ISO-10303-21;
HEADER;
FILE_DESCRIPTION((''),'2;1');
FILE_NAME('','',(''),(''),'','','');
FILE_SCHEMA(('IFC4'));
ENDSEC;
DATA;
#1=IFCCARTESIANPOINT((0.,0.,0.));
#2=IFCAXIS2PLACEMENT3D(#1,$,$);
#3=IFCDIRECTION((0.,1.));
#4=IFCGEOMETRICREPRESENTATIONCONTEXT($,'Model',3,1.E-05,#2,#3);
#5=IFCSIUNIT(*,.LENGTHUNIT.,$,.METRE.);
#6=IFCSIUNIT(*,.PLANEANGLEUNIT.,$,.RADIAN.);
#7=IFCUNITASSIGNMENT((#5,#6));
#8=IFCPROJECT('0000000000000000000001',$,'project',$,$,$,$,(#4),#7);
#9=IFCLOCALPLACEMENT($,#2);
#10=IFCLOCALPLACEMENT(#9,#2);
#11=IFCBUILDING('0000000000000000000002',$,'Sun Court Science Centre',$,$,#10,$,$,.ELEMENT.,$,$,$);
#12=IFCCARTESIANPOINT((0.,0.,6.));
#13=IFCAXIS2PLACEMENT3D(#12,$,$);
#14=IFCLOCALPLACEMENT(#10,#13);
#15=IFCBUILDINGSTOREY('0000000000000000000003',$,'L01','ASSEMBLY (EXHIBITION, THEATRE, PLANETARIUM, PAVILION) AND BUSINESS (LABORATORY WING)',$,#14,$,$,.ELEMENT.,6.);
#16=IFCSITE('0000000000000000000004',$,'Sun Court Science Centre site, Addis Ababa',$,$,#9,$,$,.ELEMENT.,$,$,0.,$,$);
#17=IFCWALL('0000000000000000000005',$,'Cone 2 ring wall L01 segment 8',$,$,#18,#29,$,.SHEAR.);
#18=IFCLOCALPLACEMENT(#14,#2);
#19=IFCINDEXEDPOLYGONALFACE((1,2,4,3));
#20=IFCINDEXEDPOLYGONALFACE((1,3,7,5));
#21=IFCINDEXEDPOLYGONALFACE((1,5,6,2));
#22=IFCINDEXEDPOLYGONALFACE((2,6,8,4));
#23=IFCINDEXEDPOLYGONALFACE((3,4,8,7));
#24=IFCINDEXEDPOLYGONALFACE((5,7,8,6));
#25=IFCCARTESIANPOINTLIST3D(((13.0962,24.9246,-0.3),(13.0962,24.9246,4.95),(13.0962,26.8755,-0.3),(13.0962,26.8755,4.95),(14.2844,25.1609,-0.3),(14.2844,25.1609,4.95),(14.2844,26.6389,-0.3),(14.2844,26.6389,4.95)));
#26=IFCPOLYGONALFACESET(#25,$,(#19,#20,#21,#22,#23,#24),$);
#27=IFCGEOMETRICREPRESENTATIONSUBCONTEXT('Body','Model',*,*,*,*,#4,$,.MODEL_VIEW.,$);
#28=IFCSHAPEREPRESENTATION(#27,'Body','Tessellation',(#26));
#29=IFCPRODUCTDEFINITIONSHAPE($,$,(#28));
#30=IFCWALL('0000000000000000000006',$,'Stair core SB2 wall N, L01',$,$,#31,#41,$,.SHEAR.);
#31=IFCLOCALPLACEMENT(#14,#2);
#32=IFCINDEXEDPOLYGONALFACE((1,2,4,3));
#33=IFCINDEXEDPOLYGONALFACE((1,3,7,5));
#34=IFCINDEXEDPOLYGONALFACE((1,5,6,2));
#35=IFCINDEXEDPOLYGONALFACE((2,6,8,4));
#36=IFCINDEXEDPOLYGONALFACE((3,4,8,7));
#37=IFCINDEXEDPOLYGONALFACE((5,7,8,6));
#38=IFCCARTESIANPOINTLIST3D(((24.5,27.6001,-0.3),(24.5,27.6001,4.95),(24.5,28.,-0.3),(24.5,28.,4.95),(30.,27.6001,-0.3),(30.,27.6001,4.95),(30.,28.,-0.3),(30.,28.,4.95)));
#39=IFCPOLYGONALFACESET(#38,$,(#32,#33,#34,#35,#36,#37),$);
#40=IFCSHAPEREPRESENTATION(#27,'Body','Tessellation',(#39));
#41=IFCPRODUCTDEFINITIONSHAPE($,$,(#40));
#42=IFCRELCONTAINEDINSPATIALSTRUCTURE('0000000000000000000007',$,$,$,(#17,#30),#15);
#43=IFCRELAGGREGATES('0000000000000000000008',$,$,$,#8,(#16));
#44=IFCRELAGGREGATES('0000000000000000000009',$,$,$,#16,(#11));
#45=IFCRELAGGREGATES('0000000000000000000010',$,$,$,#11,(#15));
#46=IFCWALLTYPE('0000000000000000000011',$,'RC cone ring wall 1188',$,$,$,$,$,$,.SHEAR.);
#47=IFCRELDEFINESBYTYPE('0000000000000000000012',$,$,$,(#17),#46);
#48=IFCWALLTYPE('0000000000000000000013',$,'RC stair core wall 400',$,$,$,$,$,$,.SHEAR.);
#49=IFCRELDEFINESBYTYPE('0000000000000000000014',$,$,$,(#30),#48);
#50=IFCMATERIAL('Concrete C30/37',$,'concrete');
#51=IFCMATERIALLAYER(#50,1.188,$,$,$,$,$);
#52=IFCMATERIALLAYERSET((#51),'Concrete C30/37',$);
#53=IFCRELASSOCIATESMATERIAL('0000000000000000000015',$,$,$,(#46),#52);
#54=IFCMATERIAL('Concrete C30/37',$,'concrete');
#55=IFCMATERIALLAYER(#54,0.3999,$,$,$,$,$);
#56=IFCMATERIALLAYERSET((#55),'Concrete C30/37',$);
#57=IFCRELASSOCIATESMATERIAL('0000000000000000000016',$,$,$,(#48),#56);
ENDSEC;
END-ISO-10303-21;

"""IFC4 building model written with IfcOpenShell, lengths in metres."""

from ifc_helpers import new_model, si_unit, direction, frame, frame_2d, origin, place, context, subcontext, project, spatial, polyline, rectangle, outline, extrude, material, layer, layer_set, type_object, element, save


model = new_model("IFC4")

# Units and contexts
model_context = context("Model", 3, precision=1e-05, world=origin(), true_north=direction((0.0, 1.0)))
body_context = subcontext(model_context, "Body", "Model", "MODEL_VIEW")
ifc_project = project(units=[si_unit("LENGTHUNIT", "METRE"), si_unit("PLANEANGLEUNIT", "RADIAN")], contexts=[model_context])

# Site, building, storey
site_placement = place(None, origin())
site = spatial("IfcSite", under=ifc_project, at=site_placement, Name="Sun Court Science Centre site, Addis Ababa", CompositionType="ELEMENT", RefElevation=0.0)
building_placement = place(site_placement, origin())
building = spatial("IfcBuilding", under=site, at=building_placement, Name="Sun Court Science Centre", CompositionType="ELEMENT")
storey_placement = place(building_placement, frame((0.0, 0.0, 6.0)))
storey = spatial("IfcBuildingStorey", under=building, at=storey_placement, Name="L01", Description="ASSEMBLY (EXHIBITION, THEATRE, PLANETARIUM, PAVILION) AND BUSINESS (LABORATORY WING)", CompositionType="ELEMENT", Elevation=6.0)

# Walls
ifc_material_1 = material(Name="Concrete C30/37", Category="concrete")
ifc_layer_1 = layer(ifc_material_1, 1.188)
ifc_layer_set_1 = layer_set([ifc_layer_1], Name="Concrete C30/37")
wall_type_1 = type_object("IfcWallType", Name="RC cone ring wall 1188", PredefinedType="SHEAR", material=ifc_layer_set_1)
wall_1_placement = place(storey_placement, frame((13.6904, 26.8755, -0.3), z_axis=(0.0, 0.0, 1.0), x_axis=(0.0, -1.0, 0.0)))
element("IfcWall", 1, at=wall_1_placement, inside=storey, type_object=wall_type_1, Name="Cone 2 ring wall L01 segment 8", PredefinedType="SHEAR", context=body_context, shape_type="SweptSolid", body=[
    extrude(outline(polyline([(0.0, -0.5942), (1.9509, -0.5942), (1.7146, 0.594), (0.2366, 0.594), (0.0, -0.5942)])), origin(), (0.0, 0.0, 1.0), 5.25),
])
ifc_material_2 = material(Name="Concrete C30/37", Category="concrete")
ifc_layer_2 = layer(ifc_material_2, 0.3999)
ifc_layer_set_2 = layer_set([ifc_layer_2], Name="Concrete C30/37")
wall_type_2 = type_object("IfcWallType", Name="RC stair core wall 400", PredefinedType="SHEAR", material=ifc_layer_set_2)
wall_2_placement = place(storey_placement, frame((24.5, 27.8, -0.3), z_axis=(0.0, 0.0, 1.0), x_axis=(1.0, 0.0, 0.0)))
element("IfcWall", 2, at=wall_2_placement, inside=storey, type_object=wall_type_2, Name="Stair core SB2 wall N, L01", PredefinedType="SHEAR", context=body_context, shape_type="SweptSolid", body=[
    extrude(rectangle(XDim=5.5, YDim=0.3999, at=frame_2d((2.75, 0.0))), origin(), (0.0, 0.0, 1.0), 5.25),
])

save(model, "model.ifc")
